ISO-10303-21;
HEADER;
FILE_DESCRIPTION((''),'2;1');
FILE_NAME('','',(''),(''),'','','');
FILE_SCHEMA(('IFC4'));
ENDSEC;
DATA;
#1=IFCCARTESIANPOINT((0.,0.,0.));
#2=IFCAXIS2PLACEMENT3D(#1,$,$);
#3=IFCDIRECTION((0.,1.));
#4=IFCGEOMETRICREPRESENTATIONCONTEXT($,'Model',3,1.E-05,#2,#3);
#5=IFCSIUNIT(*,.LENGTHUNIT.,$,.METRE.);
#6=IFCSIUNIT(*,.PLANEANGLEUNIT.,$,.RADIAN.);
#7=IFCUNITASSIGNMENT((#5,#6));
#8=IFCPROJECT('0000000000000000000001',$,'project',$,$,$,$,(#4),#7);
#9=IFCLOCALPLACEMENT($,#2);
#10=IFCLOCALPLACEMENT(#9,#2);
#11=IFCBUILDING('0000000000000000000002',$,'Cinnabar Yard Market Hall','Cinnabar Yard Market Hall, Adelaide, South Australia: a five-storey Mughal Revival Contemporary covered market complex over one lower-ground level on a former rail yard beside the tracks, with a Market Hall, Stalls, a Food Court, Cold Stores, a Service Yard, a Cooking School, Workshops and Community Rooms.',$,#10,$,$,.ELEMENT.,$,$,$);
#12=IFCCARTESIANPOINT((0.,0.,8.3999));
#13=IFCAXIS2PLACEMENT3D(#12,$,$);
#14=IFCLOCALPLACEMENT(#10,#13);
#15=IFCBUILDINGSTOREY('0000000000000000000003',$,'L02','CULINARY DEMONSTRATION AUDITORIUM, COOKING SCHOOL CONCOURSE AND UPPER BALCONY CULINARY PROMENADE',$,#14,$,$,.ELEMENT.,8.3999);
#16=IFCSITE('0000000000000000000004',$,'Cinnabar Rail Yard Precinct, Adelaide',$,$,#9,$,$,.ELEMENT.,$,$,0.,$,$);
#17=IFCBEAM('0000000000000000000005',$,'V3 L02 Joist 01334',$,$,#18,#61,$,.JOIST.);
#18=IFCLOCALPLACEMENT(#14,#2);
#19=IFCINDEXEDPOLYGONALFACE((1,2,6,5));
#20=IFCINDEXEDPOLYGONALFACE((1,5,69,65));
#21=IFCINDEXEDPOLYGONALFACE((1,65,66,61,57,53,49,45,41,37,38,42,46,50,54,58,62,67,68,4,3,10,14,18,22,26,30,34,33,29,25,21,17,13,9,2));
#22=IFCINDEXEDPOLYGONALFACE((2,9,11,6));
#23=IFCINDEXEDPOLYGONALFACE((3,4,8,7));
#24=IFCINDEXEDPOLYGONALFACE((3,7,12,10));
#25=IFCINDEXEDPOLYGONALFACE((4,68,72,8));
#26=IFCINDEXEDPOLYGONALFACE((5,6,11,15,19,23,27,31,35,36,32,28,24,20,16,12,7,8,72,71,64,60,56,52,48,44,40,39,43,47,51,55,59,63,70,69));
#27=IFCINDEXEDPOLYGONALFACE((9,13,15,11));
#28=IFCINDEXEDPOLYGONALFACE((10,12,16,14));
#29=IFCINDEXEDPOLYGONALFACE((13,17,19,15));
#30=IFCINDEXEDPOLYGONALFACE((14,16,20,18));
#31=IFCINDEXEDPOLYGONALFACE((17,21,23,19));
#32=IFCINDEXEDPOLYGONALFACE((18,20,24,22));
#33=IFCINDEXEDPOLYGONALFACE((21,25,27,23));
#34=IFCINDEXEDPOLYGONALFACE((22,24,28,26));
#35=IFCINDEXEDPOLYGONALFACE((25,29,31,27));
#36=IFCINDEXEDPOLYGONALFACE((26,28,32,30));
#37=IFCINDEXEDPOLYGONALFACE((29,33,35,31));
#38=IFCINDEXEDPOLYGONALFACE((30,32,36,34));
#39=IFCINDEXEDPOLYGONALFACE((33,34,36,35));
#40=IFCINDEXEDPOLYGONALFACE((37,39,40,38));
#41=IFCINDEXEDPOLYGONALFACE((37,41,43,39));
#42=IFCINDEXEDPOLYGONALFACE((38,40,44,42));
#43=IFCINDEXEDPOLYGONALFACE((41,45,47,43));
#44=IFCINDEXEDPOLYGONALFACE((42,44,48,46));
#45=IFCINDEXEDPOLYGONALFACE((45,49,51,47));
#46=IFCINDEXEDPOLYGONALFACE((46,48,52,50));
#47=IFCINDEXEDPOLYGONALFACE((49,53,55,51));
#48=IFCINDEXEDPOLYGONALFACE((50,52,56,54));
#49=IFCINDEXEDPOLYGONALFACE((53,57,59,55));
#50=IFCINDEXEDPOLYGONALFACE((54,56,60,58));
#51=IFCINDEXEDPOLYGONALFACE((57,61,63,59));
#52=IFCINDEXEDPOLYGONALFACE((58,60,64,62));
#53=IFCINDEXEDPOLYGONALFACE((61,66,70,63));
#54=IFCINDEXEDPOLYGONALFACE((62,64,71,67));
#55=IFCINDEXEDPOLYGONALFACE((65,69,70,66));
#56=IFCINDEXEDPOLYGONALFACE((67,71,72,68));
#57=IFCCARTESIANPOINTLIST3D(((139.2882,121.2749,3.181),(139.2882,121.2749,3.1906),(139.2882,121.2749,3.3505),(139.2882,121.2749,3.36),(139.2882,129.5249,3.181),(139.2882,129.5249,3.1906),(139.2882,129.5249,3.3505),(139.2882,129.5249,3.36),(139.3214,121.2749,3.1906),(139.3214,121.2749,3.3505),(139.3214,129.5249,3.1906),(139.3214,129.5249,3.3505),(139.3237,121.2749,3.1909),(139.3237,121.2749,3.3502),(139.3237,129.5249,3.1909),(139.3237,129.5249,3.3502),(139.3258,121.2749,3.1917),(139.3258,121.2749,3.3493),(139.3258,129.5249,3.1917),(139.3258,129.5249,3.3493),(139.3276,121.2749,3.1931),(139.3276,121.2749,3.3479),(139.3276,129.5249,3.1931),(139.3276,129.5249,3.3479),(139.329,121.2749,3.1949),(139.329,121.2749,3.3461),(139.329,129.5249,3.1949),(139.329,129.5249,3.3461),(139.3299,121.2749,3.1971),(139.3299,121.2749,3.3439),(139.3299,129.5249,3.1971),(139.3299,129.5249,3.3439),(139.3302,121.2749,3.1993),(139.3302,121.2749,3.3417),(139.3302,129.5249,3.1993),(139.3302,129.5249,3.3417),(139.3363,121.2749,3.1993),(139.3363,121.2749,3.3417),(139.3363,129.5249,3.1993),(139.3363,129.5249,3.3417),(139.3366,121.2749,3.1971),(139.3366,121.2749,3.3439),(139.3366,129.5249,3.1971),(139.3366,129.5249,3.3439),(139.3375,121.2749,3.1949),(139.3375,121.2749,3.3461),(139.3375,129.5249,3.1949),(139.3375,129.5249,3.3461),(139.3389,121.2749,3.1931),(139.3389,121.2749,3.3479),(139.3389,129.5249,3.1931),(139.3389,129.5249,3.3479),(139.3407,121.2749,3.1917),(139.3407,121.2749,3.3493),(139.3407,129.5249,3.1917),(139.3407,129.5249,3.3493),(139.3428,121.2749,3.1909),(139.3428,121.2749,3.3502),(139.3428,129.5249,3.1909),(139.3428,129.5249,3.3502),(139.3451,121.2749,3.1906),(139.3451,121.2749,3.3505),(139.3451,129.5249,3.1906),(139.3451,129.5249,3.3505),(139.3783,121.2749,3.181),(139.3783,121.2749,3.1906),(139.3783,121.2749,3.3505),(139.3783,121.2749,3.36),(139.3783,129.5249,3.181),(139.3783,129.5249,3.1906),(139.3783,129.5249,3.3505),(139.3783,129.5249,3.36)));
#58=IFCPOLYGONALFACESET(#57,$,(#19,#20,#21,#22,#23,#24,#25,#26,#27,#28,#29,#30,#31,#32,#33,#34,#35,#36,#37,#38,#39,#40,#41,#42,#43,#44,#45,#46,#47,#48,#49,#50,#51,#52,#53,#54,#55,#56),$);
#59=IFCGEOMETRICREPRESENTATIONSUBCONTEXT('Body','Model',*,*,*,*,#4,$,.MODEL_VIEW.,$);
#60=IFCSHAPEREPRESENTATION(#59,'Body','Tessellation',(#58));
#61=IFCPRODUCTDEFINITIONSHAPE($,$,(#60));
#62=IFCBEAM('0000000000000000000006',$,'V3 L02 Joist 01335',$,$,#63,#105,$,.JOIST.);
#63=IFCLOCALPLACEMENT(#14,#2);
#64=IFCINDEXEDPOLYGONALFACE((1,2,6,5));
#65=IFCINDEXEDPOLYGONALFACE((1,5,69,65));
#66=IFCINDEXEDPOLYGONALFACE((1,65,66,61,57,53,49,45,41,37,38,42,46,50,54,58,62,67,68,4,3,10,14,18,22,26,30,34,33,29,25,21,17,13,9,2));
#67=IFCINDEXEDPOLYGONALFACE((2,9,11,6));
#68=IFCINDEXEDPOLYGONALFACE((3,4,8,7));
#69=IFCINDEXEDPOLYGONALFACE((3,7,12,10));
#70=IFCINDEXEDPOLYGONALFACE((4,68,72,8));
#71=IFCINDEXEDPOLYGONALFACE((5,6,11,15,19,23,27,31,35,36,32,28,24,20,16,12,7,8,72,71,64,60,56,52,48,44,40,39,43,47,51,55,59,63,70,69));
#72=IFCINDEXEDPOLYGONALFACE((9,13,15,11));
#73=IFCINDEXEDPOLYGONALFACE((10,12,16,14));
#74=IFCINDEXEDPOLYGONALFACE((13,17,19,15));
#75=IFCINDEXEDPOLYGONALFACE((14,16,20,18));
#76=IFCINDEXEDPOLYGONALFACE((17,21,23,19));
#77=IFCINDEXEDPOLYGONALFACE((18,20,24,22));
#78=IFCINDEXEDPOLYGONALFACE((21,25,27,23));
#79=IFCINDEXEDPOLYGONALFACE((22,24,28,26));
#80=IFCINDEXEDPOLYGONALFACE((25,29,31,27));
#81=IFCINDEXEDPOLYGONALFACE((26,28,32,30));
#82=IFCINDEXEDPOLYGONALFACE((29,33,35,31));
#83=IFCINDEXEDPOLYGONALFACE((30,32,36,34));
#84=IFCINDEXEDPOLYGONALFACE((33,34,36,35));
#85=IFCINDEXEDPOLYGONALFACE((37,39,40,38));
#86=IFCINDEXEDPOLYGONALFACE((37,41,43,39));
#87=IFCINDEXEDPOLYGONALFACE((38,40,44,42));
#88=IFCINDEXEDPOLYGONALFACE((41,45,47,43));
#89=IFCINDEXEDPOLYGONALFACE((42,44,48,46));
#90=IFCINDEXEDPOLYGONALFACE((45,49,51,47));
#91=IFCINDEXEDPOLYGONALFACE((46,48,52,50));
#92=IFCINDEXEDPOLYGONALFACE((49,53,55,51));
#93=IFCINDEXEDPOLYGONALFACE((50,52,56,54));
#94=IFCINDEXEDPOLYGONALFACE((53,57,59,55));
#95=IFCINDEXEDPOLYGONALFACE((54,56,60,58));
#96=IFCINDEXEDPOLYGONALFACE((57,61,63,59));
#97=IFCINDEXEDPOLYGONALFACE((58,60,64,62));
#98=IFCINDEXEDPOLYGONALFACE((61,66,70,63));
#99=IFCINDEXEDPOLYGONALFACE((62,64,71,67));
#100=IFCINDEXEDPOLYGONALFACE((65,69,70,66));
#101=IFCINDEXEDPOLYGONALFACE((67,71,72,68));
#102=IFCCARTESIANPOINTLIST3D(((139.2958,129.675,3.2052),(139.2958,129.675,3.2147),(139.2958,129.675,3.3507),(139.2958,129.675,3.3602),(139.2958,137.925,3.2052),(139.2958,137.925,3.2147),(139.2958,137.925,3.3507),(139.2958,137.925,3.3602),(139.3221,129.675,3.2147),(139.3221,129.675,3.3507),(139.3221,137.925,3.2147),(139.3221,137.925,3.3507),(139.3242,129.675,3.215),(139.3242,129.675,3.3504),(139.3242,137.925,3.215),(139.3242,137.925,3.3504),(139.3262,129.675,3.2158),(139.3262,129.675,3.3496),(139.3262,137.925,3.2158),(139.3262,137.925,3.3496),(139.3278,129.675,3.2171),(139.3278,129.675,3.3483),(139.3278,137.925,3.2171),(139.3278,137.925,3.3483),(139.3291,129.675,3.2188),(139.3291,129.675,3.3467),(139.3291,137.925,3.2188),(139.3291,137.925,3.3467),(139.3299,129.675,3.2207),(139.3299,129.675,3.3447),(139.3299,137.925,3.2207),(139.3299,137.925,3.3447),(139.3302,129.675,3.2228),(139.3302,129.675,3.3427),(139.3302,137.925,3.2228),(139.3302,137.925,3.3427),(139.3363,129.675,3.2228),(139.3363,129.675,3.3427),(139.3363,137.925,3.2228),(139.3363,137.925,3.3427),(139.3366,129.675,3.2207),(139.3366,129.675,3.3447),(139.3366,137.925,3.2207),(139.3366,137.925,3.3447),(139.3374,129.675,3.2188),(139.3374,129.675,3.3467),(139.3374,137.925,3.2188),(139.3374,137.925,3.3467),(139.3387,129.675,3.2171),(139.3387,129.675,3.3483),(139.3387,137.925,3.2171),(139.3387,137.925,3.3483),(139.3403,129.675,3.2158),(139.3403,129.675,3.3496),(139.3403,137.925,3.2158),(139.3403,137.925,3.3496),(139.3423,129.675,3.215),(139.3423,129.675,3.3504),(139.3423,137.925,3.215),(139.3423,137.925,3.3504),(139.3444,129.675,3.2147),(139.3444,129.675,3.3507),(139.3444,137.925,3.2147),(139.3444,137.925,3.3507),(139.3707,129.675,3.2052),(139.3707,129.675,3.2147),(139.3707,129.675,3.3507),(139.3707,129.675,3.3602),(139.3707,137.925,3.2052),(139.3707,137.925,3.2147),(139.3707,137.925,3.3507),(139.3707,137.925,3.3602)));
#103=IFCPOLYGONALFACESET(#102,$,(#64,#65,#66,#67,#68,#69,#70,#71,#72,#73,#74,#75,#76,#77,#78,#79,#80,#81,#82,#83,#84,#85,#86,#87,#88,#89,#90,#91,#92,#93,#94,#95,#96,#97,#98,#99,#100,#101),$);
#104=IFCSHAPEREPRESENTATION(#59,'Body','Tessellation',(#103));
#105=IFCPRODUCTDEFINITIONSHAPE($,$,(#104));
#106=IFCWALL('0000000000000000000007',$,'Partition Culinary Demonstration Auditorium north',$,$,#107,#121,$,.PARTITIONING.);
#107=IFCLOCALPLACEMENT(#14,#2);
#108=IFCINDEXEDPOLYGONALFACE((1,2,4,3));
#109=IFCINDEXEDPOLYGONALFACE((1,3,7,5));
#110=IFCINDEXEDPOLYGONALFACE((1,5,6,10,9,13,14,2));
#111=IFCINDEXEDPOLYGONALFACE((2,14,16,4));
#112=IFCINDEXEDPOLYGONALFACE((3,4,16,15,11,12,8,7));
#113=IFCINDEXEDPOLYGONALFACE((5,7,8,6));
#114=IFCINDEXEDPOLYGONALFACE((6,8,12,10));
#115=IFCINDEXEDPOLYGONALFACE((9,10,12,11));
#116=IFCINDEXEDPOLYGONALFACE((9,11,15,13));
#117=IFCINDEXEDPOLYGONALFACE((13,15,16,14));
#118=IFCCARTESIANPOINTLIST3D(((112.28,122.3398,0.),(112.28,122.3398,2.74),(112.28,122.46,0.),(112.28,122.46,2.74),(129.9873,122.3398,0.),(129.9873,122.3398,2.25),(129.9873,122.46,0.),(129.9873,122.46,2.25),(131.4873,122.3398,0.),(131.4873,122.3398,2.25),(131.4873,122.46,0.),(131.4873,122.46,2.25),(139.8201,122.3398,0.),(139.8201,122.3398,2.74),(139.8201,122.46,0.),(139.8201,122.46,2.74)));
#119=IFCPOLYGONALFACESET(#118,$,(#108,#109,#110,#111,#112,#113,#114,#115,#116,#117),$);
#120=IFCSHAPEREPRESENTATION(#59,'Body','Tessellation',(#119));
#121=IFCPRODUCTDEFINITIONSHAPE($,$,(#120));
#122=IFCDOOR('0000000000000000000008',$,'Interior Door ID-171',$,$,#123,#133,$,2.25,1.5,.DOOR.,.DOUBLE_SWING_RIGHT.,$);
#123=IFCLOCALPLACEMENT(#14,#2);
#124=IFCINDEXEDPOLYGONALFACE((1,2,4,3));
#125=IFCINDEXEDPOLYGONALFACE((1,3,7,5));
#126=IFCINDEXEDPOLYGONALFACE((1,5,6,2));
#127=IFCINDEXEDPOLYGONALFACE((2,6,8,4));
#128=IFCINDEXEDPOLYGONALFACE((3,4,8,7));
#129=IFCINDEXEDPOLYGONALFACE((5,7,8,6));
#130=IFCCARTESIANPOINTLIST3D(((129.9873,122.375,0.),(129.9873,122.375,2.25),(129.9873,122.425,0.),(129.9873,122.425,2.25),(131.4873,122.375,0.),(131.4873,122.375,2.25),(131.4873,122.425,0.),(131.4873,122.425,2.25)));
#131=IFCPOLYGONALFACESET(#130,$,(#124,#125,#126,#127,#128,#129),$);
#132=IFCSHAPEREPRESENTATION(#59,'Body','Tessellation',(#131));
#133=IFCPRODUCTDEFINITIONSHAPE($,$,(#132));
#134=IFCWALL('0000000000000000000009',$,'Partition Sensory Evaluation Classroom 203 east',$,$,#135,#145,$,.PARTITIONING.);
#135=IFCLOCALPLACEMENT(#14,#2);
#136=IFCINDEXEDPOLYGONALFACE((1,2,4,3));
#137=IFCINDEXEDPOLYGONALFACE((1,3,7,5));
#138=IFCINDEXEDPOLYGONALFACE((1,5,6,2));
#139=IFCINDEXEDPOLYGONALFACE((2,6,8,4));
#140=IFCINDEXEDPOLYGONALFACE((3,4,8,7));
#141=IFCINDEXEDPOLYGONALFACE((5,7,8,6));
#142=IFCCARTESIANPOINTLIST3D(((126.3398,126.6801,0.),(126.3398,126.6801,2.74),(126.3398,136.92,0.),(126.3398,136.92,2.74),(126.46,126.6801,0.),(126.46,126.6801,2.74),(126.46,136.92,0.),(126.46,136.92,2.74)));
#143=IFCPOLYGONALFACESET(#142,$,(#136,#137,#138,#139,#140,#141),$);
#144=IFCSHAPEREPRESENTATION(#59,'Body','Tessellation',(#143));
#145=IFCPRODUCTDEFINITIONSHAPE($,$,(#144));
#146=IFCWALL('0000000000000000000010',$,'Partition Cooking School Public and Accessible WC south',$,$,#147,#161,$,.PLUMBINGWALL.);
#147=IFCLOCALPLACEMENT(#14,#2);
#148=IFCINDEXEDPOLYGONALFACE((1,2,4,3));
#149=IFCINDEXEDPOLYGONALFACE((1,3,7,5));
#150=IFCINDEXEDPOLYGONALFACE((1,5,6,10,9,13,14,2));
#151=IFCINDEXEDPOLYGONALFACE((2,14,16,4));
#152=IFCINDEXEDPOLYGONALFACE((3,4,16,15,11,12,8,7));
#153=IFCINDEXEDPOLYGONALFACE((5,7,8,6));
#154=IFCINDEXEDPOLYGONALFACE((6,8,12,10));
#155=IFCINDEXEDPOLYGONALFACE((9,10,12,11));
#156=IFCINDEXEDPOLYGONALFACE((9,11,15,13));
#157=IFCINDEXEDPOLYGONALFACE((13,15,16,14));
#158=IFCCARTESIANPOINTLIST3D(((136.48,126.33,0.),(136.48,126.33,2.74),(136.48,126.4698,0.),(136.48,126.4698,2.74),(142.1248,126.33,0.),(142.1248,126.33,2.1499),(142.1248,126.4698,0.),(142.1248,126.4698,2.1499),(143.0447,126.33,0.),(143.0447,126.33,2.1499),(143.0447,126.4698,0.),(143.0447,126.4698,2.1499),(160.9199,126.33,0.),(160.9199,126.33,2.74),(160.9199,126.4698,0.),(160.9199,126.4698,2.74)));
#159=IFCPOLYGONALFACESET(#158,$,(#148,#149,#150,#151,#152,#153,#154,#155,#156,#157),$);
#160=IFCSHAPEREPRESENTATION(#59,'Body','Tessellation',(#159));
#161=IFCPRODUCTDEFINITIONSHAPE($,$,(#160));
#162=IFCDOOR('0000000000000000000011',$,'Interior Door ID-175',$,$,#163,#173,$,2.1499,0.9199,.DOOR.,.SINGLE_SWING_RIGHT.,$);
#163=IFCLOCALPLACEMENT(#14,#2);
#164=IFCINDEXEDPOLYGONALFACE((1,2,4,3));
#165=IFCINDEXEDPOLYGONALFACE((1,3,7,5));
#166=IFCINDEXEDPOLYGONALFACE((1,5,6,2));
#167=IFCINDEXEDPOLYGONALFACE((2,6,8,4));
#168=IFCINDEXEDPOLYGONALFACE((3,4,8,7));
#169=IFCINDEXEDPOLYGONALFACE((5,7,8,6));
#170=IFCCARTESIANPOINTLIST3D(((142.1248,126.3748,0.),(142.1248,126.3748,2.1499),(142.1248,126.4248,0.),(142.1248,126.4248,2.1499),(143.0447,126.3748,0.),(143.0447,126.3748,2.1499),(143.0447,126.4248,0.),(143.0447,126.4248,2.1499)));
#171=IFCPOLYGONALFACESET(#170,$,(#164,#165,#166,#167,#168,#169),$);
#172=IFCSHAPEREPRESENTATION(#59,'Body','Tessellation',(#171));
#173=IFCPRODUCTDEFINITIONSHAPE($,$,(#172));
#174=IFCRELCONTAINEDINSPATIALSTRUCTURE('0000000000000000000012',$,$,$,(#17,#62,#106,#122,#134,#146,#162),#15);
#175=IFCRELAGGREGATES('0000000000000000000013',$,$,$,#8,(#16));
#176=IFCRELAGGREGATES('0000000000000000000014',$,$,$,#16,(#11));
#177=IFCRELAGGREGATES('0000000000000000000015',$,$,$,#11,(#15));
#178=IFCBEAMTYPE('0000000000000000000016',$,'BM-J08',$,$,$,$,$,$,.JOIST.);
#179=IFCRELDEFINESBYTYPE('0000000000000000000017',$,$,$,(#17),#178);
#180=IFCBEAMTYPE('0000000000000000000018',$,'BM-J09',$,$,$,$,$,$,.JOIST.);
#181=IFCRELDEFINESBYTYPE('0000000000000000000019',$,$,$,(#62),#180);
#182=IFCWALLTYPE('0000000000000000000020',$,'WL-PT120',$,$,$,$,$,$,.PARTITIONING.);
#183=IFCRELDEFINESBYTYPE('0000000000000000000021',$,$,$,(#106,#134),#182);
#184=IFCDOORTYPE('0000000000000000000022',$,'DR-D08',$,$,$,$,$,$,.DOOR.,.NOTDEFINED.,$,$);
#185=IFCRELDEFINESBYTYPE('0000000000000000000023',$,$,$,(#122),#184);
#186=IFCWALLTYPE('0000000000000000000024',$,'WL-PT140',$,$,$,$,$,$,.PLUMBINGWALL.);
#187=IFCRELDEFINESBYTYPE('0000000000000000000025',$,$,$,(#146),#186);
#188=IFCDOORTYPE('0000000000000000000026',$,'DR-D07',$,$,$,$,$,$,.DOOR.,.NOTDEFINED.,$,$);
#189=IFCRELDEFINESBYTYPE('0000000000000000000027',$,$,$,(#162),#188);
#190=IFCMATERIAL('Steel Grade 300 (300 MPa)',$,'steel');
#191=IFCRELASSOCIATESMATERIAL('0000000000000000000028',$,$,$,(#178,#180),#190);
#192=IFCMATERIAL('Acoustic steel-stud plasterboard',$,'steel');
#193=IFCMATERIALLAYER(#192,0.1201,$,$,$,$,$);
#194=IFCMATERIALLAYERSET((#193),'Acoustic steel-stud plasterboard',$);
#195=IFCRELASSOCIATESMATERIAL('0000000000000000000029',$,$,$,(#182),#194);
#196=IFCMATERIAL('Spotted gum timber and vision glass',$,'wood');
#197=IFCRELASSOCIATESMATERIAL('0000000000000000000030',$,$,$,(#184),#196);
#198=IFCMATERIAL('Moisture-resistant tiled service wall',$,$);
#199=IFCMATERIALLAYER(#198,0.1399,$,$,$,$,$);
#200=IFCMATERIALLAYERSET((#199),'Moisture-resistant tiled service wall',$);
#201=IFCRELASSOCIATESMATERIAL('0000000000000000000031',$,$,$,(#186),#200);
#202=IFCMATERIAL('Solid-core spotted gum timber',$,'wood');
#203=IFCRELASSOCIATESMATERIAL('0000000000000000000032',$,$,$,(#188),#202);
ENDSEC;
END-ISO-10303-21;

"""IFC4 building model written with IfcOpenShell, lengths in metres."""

from ifc_helpers import new_model, si_unit, direction, frame, frame_2d, origin, origin_2d_with_axis, place, context, subcontext, project, spatial, rectangle, i_section, extrude, material, layer, layer_set, material_profile, profile_set, type_object, element, fill, save


model = new_model("IFC4")

# Units and contexts
model_context = context("Model", 3, precision=1e-05, world=origin(), true_north=direction((0.0, 1.0)))
body_context = subcontext(model_context, "Body", "Model", "MODEL_VIEW")
ifc_project = project(units=[si_unit("LENGTHUNIT", "METRE"), si_unit("PLANEANGLEUNIT", "RADIAN")], contexts=[model_context])

# Site, building, storey
site_placement = place(None, origin())
site = spatial("IfcSite", under=ifc_project, at=site_placement, Name="Cinnabar Rail Yard Precinct, Adelaide", CompositionType="ELEMENT", RefElevation=0.0)
building_placement = place(site_placement, origin())
building = spatial("IfcBuilding", under=site, at=building_placement, Name="Cinnabar Yard Market Hall", Description="Cinnabar Yard Market Hall, Adelaide, South Australia: a five-storey Mughal Revival Contemporary covered market complex over one lower-ground level on a former rail yard beside the tracks, with a Market Hall, Stalls, a Food Court, Cold Stores, a Service Yard, a Cooking School, Workshops and Community Rooms.", CompositionType="ELEMENT")
storey_placement = place(building_placement, frame((0.0, 0.0, 8.3999)))
storey = spatial("IfcBuildingStorey", under=building, at=storey_placement, Name="L02", Description="CULINARY DEMONSTRATION AUDITORIUM, COOKING SCHOOL CONCOURSE AND UPPER BALCONY CULINARY PROMENADE", CompositionType="ELEMENT", Elevation=8.3999)

# Shared definitions
ifc_material_1 = material(Name="Steel Grade 300 (300 MPa)", Category="steel")

# Beams
ifc_material_profile_1 = material_profile(ifc_material_1, i_section(OverallWidth=0.0901, OverallDepth=0.179, WebThickness=0.0061, FlangeThickness=0.0095, FilletRadius=0.0088, at=origin_2d_with_axis()), Name="180UB22.2")
ifc_profile_set_1 = profile_set([ifc_material_profile_1], Name="Steel Grade 300 (300 MPa)")
beam_type_1 = type_object("IfcBeamType", Name="BM-J08", PredefinedType="JOIST", material=ifc_profile_set_1)
beam_1_placement = place(storey_placement, frame((139.3333, 121.2749, 3.2705), z_axis=(0.0, 1.0, 0.0), x_axis=(-1.0, 0.0, 0.0)))
element("IfcBeam", 1, at=beam_1_placement, inside=storey, type_object=beam_type_1, Name="V3 L02 Joist 01334", PredefinedType="JOIST", context=body_context, shape_type="SweptSolid", body=[
    extrude(i_section(OverallWidth=0.0901, OverallDepth=0.179, WebThickness=0.0061, FlangeThickness=0.0095, FilletRadius=0.0088, at=origin_2d_with_axis()), origin(), (0.0, 0.0, 1.0), 8.25),
])
ifc_material_profile_2 = material_profile(ifc_material_1, i_section(OverallWidth=0.075, OverallDepth=0.155, WebThickness=0.0061, FlangeThickness=0.0095, FilletRadius=0.0081, at=origin_2d_with_axis()), Name="150UB18.0")
ifc_profile_set_2 = profile_set([ifc_material_profile_2], Name="Steel Grade 300 (300 MPa)")
beam_type_2 = type_object("IfcBeamType", Name="BM-J09", PredefinedType="JOIST", material=ifc_profile_set_2)
beam_2_placement = place(storey_placement, frame((139.3333, 129.675, 3.2827), z_axis=(0.0, 1.0, 0.0), x_axis=(-1.0, 0.0, 0.0)))
element("IfcBeam", 2, at=beam_2_placement, inside=storey, type_object=beam_type_2, Name="V3 L02 Joist 01335", PredefinedType="JOIST", context=body_context, shape_type="SweptSolid", body=[
    extrude(i_section(OverallWidth=0.075, OverallDepth=0.155, WebThickness=0.0061, FlangeThickness=0.0095, FilletRadius=0.0081, at=origin_2d_with_axis()), origin(), (0.0, 0.0, 1.0), 8.25),
])

# Wall, opening, door
ifc_material_2 = material(Name="Acoustic steel-stud plasterboard", Category="steel")
ifc_layer_1 = layer(ifc_material_2, 0.1201)
ifc_layer_set_1 = layer_set([ifc_layer_1], Name="Acoustic steel-stud plasterboard")
wall_type_1 = type_object("IfcWallType", Name="WL-PT120", PredefinedType="PARTITIONING", material=ifc_layer_set_1)
wall_1_placement = place(storey_placement, frame((139.8201, 122.3999, 0.0), z_axis=(0.0, 0.0, 1.0), x_axis=(-1.0, 0.0, 0.0)))
wall_1 = element("IfcWall", 3, at=wall_1_placement, inside=storey, type_object=wall_type_1, Name="Partition Culinary Demonstration Auditorium north", PredefinedType="PARTITIONING", context=body_context, shape_type="SweptSolid", body=[
    extrude(rectangle(XDim=27.54, YDim=0.1201, at=frame_2d((13.77, 0.0), x_axis=(1.0, 0.0))), origin(), (0.0, 0.0, 1.0), 2.74),
])
opening_1_placement = place(wall_1_placement, frame((8.3328, 0.0, 0.0)))
opening_1 = element("IfcOpeningElement", 4, at=opening_1_placement, cuts=wall_1, PredefinedType="OPENING", context=body_context, shape_type="SweptSolid", body=[
    extrude(rectangle(XDim=1.5, YDim=2.25, at=frame_2d((0.75, 1.125), x_axis=(1.0, 0.0))), frame((0.0, 0.0701, 0.0), z_axis=(0.0, -1.0, 0.0), x_axis=(1.0, 0.0, 0.0)), (0.0, 0.0, 1.0), 0.1401),
])
ifc_material_3 = material(Name="Spotted gum timber and vision glass", Category="wood")
door_type_1 = type_object("IfcDoorType", Name="DR-D08", OperationType="NOTDEFINED", PredefinedType="DOOR", material=ifc_material_3)
door_1_placement = place(opening_1_placement, origin())
door_1 = element("IfcDoor", 5, at=door_1_placement, inside=storey, type_object=door_type_1, Name="Interior Door ID-171", OperationType="DOUBLE_SWING_RIGHT", OverallHeight=2.25, OverallWidth=1.5, PredefinedType="DOOR", context=body_context, shape_type="SweptSolid", body=[
    extrude(rectangle(XDim=1.5, YDim=2.25, at=frame_2d((0.75, 1.125), x_axis=(1.0, 0.0))), frame((0.0, 0.0249, 0.0), z_axis=(0.0, -1.0, 0.0), x_axis=(1.0, 0.0, 0.0)), (0.0, 0.0, 1.0), 0.05),
])
fill(opening_1, door_1)

# Wall
wall_2_placement = place(storey_placement, frame((126.3999, 126.6799, 0.0), z_axis=(0.0, 0.0, 1.0), x_axis=(0.0, 1.0, 0.0)))
element("IfcWall", 6, at=wall_2_placement, inside=storey, type_object=wall_type_1, Name="Partition Sensory Evaluation Classroom 203 east", PredefinedType="PARTITIONING", context=body_context, shape_type="SweptSolid", body=[
    extrude(rectangle(XDim=10.24, YDim=0.1201, at=frame_2d((5.1201, 0.0), x_axis=(1.0, 0.0))), origin(), (0.0, 0.0, 1.0), 2.74),
])

# Wall, opening, door
ifc_material_4 = material(Name="Moisture-resistant tiled service wall")
ifc_layer_2 = layer(ifc_material_4, 0.1399)
ifc_layer_set_2 = layer_set([ifc_layer_2], Name="Moisture-resistant tiled service wall")
wall_type_2 = type_object("IfcWallType", Name="WL-PT140", PredefinedType="PLUMBINGWALL", material=ifc_layer_set_2)
wall_3_placement = place(storey_placement, frame((136.48, 126.3999, 0.0), z_axis=(0.0, 0.0, 1.0), x_axis=(1.0, 0.0, 0.0)))
wall_3 = element("IfcWall", 7, at=wall_3_placement, inside=storey, type_object=wall_type_2, Name="Partition Cooking School Public and Accessible WC south", PredefinedType="PLUMBINGWALL", context=body_context, shape_type="SweptSolid", body=[
    extrude(rectangle(XDim=24.4399, YDim=0.1399, at=frame_2d((12.22, 0.0), x_axis=(1.0, 0.0))), origin(), (0.0, 0.0, 1.0), 2.74),
])
opening_2_placement = place(wall_3_placement, frame((5.6448, 0.0, 0.0)))
opening_2 = element("IfcOpeningElement", 8, at=opening_2_placement, cuts=wall_3, PredefinedType="OPENING", context=body_context, shape_type="SweptSolid", body=[
    extrude(rectangle(XDim=0.9199, YDim=2.1499, at=frame_2d((0.46, 1.075), x_axis=(1.0, 0.0))), frame((0.0, 0.0798, 0.0), z_axis=(0.0, -1.0, 0.0), x_axis=(1.0, 0.0, 0.0)), (0.0, 0.0, 1.0), 0.1599),
])
ifc_material_5 = material(Name="Solid-core spotted gum timber", Category="wood")
door_type_2 = type_object("IfcDoorType", Name="DR-D07", OperationType="NOTDEFINED", PredefinedType="DOOR", material=ifc_material_5)
door_2_placement = place(opening_2_placement, origin())
door_2 = element("IfcDoor", 9, at=door_2_placement, inside=storey, type_object=door_type_2, Name="Interior Door ID-175", OperationType="SINGLE_SWING_RIGHT", OverallHeight=2.1499, OverallWidth=0.9199, PredefinedType="DOOR", context=body_context, shape_type="SweptSolid", body=[
    extrude(rectangle(XDim=0.9199, YDim=2.1499, at=frame_2d((0.46, 1.075), x_axis=(1.0, 0.0))), frame((0.0, 0.0249, 0.0), z_axis=(0.0, -1.0, 0.0), x_axis=(1.0, 0.0, 0.0)), (0.0, 0.0, 1.0), 0.05),
])
fill(opening_2, door_2)

save(model, "model.ifc")
